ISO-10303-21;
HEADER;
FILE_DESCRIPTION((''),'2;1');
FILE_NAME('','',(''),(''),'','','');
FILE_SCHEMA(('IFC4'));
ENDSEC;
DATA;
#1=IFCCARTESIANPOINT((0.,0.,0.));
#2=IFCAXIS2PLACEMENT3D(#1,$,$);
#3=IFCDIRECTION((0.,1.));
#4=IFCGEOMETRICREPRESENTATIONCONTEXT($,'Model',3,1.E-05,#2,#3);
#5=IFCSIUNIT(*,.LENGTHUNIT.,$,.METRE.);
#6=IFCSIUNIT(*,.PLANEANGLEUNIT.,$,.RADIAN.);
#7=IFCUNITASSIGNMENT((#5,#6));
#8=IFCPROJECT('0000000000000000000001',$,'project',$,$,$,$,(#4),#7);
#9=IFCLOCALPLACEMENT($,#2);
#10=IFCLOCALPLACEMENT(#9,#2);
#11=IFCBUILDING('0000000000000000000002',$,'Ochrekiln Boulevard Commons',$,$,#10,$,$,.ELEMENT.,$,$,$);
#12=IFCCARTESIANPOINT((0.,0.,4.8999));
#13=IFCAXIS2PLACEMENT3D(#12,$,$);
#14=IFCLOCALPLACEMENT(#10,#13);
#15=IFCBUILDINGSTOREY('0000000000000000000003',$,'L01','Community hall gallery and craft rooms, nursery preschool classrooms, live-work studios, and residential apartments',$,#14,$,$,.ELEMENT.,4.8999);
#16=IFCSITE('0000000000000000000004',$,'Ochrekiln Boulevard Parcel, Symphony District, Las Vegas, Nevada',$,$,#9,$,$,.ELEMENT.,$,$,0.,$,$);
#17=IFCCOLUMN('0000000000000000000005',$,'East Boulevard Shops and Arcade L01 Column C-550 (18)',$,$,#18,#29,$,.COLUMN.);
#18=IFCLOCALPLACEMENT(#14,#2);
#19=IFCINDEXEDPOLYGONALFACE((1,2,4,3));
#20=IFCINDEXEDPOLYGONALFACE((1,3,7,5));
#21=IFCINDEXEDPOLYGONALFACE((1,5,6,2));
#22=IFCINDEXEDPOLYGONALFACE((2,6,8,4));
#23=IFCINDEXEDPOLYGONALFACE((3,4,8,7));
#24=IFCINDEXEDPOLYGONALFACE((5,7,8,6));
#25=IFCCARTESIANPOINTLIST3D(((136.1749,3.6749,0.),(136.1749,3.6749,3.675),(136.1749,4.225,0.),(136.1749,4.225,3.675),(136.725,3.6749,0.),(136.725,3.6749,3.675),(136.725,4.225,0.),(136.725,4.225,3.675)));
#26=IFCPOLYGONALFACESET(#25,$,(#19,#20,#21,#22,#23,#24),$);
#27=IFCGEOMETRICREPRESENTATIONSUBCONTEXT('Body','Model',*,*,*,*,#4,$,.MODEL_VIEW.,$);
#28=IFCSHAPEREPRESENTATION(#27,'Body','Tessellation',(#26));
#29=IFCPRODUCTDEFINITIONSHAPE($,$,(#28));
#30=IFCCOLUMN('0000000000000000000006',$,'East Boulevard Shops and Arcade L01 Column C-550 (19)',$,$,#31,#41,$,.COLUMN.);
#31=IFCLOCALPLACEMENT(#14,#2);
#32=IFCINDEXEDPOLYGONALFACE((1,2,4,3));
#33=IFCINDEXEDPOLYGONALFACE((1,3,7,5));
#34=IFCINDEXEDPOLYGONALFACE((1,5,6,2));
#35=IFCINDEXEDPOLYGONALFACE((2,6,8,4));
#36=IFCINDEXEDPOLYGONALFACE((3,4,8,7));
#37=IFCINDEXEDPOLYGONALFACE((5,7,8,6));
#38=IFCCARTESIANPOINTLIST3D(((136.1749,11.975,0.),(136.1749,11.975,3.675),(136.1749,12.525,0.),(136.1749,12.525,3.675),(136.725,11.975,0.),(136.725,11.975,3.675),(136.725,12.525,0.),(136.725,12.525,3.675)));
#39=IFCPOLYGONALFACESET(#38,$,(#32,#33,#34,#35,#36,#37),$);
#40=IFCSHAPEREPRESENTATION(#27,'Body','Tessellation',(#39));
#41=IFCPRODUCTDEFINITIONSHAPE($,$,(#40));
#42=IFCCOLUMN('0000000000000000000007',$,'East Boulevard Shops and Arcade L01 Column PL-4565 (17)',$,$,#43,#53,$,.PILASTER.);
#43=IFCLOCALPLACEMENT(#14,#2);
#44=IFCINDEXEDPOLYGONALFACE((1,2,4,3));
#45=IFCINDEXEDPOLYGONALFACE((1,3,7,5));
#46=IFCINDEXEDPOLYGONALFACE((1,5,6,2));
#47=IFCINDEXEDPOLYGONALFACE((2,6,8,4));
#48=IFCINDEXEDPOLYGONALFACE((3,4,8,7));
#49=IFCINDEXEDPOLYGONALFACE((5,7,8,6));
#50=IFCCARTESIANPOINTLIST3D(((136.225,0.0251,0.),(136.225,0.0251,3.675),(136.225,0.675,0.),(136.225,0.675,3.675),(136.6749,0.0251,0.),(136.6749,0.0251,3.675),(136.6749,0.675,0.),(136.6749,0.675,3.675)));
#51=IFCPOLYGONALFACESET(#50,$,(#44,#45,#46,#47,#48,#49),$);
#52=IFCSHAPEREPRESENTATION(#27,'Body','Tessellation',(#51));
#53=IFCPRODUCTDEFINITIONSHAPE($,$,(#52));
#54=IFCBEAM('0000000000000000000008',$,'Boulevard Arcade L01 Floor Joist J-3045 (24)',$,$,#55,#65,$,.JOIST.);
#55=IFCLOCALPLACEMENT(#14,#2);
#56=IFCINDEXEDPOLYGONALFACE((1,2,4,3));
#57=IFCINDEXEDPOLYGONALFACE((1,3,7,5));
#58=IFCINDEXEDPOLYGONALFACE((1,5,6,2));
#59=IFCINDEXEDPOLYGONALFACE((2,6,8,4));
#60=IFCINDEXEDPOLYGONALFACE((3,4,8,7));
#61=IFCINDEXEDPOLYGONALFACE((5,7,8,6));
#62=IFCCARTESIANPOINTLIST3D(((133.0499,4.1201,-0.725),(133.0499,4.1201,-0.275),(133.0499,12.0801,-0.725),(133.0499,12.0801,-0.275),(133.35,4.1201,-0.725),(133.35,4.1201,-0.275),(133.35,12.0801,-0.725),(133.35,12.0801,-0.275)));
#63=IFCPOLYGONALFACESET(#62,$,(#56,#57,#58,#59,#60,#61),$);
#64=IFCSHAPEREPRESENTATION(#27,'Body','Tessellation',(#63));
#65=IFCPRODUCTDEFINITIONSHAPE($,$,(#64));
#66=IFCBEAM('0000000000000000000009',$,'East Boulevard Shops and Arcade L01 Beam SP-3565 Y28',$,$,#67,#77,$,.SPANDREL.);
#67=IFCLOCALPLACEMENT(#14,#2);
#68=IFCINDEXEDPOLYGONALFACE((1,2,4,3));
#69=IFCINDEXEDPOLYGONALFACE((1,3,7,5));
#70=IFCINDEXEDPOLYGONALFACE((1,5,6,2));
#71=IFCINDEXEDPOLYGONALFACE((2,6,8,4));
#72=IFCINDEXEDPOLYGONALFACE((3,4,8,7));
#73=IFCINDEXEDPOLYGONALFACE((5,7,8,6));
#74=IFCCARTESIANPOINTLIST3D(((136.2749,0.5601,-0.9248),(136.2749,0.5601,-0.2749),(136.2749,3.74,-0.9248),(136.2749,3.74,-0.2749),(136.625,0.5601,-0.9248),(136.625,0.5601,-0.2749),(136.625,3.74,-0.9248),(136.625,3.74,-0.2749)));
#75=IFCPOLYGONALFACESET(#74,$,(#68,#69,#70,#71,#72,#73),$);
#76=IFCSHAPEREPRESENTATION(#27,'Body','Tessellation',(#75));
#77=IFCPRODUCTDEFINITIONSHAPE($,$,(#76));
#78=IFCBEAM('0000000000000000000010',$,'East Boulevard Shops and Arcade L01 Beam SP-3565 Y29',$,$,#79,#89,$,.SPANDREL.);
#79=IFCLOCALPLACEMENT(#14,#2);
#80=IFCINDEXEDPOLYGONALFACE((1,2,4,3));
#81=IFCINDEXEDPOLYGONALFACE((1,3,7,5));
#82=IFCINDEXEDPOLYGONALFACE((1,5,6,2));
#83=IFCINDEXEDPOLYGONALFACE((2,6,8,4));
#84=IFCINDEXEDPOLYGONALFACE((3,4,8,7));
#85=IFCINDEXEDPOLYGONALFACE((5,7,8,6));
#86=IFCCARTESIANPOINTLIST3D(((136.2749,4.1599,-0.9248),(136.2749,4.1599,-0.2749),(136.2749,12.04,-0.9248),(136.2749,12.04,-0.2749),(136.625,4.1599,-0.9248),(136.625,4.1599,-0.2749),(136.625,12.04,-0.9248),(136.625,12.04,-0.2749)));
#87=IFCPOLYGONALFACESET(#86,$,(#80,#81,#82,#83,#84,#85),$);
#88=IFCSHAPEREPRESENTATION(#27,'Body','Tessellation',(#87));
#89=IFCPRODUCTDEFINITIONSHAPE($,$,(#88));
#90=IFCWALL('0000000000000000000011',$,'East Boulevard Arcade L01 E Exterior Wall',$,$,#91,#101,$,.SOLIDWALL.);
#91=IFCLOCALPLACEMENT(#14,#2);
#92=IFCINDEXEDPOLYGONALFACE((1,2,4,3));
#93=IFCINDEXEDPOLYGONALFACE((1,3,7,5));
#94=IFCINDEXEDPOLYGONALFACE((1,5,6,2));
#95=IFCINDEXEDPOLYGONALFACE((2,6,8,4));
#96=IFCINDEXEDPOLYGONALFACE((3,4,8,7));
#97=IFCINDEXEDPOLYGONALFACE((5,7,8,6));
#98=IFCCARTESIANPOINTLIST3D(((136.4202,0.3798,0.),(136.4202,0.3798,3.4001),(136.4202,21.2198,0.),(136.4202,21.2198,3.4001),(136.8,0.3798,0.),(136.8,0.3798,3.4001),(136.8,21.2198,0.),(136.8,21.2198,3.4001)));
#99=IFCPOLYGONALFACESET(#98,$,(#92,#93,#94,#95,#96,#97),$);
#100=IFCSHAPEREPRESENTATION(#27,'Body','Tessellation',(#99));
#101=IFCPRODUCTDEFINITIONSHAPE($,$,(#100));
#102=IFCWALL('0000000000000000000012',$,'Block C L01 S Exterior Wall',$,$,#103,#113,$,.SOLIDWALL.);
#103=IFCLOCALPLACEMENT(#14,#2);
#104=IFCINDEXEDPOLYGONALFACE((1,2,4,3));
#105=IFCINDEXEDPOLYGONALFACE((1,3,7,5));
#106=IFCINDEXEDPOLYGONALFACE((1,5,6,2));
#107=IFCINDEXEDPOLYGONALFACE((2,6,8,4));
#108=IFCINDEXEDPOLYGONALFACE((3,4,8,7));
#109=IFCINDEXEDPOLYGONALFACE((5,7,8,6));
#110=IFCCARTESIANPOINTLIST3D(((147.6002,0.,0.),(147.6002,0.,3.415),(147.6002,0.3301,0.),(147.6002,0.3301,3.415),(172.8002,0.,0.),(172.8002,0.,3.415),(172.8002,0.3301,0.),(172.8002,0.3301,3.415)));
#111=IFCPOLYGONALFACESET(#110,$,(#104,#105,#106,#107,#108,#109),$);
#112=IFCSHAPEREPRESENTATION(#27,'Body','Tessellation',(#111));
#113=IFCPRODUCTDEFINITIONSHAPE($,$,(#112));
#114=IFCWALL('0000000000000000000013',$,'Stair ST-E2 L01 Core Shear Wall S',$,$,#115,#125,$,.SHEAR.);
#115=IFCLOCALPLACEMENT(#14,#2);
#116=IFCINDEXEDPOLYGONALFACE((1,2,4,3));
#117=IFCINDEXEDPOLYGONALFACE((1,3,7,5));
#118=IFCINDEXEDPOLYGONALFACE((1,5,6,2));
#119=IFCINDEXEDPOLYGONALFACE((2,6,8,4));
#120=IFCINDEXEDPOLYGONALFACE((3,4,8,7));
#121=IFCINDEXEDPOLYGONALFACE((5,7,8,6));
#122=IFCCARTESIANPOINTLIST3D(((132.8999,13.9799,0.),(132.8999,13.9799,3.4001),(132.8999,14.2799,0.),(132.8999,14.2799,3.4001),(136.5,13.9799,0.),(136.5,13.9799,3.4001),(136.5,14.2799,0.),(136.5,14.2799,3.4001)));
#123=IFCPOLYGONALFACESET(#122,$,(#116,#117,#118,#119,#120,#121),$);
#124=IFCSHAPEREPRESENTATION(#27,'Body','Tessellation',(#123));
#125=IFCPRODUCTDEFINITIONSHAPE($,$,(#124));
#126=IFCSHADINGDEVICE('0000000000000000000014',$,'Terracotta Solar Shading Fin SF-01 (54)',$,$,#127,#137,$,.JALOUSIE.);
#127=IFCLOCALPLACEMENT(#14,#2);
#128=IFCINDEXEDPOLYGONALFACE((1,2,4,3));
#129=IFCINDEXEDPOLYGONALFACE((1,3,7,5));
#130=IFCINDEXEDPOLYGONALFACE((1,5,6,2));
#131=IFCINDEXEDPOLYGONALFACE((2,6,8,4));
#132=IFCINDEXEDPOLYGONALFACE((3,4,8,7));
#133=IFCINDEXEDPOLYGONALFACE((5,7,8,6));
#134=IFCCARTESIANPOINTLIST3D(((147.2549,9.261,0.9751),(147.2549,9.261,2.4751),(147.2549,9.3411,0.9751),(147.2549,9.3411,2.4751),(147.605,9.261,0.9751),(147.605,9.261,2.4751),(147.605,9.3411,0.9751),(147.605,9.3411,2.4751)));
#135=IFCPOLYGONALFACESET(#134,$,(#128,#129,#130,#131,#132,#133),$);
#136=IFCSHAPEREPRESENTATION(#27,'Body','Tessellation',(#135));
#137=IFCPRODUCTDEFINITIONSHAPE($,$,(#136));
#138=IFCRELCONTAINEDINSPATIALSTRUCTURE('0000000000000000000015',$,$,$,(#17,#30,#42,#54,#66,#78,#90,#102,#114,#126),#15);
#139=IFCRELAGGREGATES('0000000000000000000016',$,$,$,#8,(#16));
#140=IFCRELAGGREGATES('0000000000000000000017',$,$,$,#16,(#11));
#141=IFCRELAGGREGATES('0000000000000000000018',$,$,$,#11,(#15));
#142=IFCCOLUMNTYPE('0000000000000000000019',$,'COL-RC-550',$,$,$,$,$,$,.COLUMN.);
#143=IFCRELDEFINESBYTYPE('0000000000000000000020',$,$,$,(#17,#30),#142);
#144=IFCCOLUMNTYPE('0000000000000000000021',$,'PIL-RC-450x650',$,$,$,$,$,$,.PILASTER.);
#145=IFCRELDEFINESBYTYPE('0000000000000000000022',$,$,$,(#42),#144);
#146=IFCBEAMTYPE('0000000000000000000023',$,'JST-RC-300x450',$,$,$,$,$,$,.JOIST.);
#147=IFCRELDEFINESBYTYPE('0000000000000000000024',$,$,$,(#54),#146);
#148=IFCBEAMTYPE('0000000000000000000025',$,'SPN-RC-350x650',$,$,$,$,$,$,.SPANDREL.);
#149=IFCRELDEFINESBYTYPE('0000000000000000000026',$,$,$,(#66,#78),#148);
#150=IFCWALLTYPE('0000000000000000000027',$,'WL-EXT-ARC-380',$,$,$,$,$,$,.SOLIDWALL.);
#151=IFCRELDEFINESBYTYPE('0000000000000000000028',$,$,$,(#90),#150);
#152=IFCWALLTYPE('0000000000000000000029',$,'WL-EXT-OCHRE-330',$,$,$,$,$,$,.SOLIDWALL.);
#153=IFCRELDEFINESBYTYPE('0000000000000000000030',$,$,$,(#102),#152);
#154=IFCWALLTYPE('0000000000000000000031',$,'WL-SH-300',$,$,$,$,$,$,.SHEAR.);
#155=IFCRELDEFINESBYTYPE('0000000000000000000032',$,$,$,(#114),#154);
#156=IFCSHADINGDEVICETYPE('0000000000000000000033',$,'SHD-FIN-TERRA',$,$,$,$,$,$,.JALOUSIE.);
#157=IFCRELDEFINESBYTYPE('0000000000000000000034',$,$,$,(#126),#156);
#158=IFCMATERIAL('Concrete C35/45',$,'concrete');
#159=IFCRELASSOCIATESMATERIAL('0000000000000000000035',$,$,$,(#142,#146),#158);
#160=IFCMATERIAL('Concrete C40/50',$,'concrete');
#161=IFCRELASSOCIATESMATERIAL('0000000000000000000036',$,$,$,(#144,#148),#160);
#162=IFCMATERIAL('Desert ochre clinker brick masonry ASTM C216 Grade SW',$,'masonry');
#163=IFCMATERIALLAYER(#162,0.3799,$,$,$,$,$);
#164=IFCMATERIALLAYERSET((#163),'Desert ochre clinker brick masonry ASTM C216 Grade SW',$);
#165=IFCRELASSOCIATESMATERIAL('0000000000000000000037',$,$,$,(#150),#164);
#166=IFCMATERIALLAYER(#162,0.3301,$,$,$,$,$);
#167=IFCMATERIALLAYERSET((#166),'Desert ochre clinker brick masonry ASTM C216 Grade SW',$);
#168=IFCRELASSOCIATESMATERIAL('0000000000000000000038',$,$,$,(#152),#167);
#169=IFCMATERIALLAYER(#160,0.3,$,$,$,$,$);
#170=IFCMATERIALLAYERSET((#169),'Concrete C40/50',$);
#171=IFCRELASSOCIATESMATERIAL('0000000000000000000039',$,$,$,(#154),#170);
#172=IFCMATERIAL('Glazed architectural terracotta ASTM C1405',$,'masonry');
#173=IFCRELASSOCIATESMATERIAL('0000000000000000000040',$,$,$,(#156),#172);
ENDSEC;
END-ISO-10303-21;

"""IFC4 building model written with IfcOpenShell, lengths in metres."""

from ifc_helpers import new_model, si_unit, direction, frame, frame_2d, origin, origin_2d, place, context, subcontext, project, spatial, rectangle, extrude, material, layer, layer_set, material_profile, profile_set, type_object, element, save


model = new_model("IFC4")

# Units and contexts
model_context = context("Model", 3, precision=1e-05, world=origin(), true_north=direction((0.0, 1.0)))
body_context = subcontext(model_context, "Body", "Model", "MODEL_VIEW")
ifc_project = project(units=[si_unit("LENGTHUNIT", "METRE"), si_unit("PLANEANGLEUNIT", "RADIAN")], contexts=[model_context])

# Site, building, storey
site_placement = place(None, origin())
site = spatial("IfcSite", under=ifc_project, at=site_placement, Name="Ochrekiln Boulevard Parcel, Symphony District, Las Vegas, Nevada", CompositionType="ELEMENT", RefElevation=0.0)
building_placement = place(site_placement, origin())
building = spatial("IfcBuilding", under=site, at=building_placement, Name="Ochrekiln Boulevard Commons", CompositionType="ELEMENT")
storey_placement = place(building_placement, frame((0.0, 0.0, 4.8999)))
storey = spatial("IfcBuildingStorey", under=building, at=storey_placement, Name="L01", Description="Community hall gallery and craft rooms, nursery preschool classrooms, live-work studios, and residential apartments", CompositionType="ELEMENT", Elevation=4.8999)

# Columns
ifc_material_1 = material(Name="Concrete C35/45", Category="concrete")
ifc_material_profile_1 = material_profile(ifc_material_1, rectangle(XDim=0.55, YDim=0.55, at=origin_2d()), Name="RC-COL-550x550")
ifc_profile_set_1 = profile_set([ifc_material_profile_1], Name="Concrete C35/45")
column_type_1 = type_object("IfcColumnType", Name="COL-RC-550", PredefinedType="COLUMN", material=ifc_profile_set_1)
for number, where, z_axis, x_axis, name in (
    (1, (136.45, 3.95, 0.0), (0.0, 0.0, 1.0), (1.0, 0.0, 0.0), "East Boulevard Shops and Arcade L01 Column C-550 (18)"),
    (2, (136.45, 12.25, 0.0), (0.0, 0.0, 1.0), (1.0, 0.0, 0.0), "East Boulevard Shops and Arcade L01 Column C-550 (19)"),
):
    element("IfcColumn", number, at=place(storey_placement, frame(where, z_axis=z_axis, x_axis=x_axis)), inside=storey, type_object=column_type_1, Name=name, PredefinedType="COLUMN", context=body_context, shape_type="SweptSolid", body=[
        extrude(rectangle(XDim=0.55, YDim=0.55, at=origin_2d()), origin(), (0.0, 0.0, 1.0), 3.675),
    ])
ifc_material_2 = material(Name="Concrete C40/50", Category="concrete")
ifc_material_profile_2 = material_profile(ifc_material_2, rectangle(XDim=0.45, YDim=0.6499, at=origin_2d()), Name="RC-PIL-450x650")
ifc_profile_set_2 = profile_set([ifc_material_profile_2], Name="Concrete C40/50")
column_type_2 = type_object("IfcColumnType", Name="PIL-RC-450x650", PredefinedType="PILASTER", material=ifc_profile_set_2)
column_placement = place(storey_placement, frame((136.45, 0.3501, 0.0), z_axis=(0.0, 0.0, 1.0), x_axis=(1.0, 0.0, 0.0)))
element("IfcColumn", 3, at=column_placement, inside=storey, type_object=column_type_2, Name="East Boulevard Shops and Arcade L01 Column PL-4565 (17)", PredefinedType="PILASTER", context=body_context, shape_type="SweptSolid", body=[
    extrude(rectangle(XDim=0.45, YDim=0.6499, at=origin_2d()), origin(), (0.0, 0.0, 1.0), 3.675),
])

# Beams
ifc_material_profile_3 = material_profile(ifc_material_1, rectangle(XDim=0.3, YDim=0.45, at=origin_2d()), Name="RC-JST-300x450")
ifc_profile_set_3 = profile_set([ifc_material_profile_3], Name="Concrete C35/45")
beam_type_1 = type_object("IfcBeamType", Name="JST-RC-300x450", PredefinedType="JOIST", material=ifc_profile_set_3)
beam_1_placement = place(storey_placement, frame((133.2, 4.1201, -0.5), z_axis=(0.0, 1.0, 0.0), x_axis=(-1.0, 0.0, 0.0)))
element("IfcBeam", 4, at=beam_1_placement, inside=storey, type_object=beam_type_1, Name="Boulevard Arcade L01 Floor Joist J-3045 (24)", PredefinedType="JOIST", context=body_context, shape_type="SweptSolid", body=[
    extrude(rectangle(XDim=0.3, YDim=0.45, at=origin_2d()), origin(), (0.0, 0.0, 1.0), 7.96),
])
ifc_material_profile_4 = material_profile(ifc_material_2, rectangle(XDim=0.3501, YDim=0.6499, at=origin_2d()), Name="RC-SPN-350x650")
ifc_profile_set_4 = profile_set([ifc_material_profile_4], Name="Concrete C40/50")
beam_type_2 = type_object("IfcBeamType", Name="SPN-RC-350x650", PredefinedType="SPANDREL", material=ifc_profile_set_4)
beam_2_placement = place(storey_placement, frame((136.45, 0.5601, -0.5999), z_axis=(0.0, 1.0, 0.0), x_axis=(-1.0, 0.0, 0.0)))
element("IfcBeam", 5, at=beam_2_placement, inside=storey, type_object=beam_type_2, Name="East Boulevard Shops and Arcade L01 Beam SP-3565 Y28", PredefinedType="SPANDREL", context=body_context, shape_type="SweptSolid", body=[
    extrude(rectangle(XDim=0.3501, YDim=0.6499, at=origin_2d()), origin(), (0.0, 0.0, 1.0), 3.1799),
])
beam_3_placement = place(storey_placement, frame((136.45, 4.1599, -0.5999), z_axis=(0.0, 1.0, 0.0), x_axis=(-1.0, 0.0, 0.0)))
element("IfcBeam", 6, at=beam_3_placement, inside=storey, type_object=beam_type_2, Name="East Boulevard Shops and Arcade L01 Beam SP-3565 Y29", PredefinedType="SPANDREL", context=body_context, shape_type="SweptSolid", body=[
    extrude(rectangle(XDim=0.3501, YDim=0.6499, at=origin_2d()), origin(), (0.0, 0.0, 1.0), 7.8801),
])

# Walls
ifc_material_3 = material(Name="Desert ochre clinker brick masonry ASTM C216 Grade SW", Category="masonry")
ifc_layer_1 = layer(ifc_material_3, 0.3799)
ifc_layer_set_1 = layer_set([ifc_layer_1], Name="Desert ochre clinker brick masonry ASTM C216 Grade SW")
wall_type_1 = type_object("IfcWallType", Name="WL-EXT-ARC-380", PredefinedType="SOLIDWALL", material=ifc_layer_set_1)
wall_1_placement = place(storey_placement, frame((136.6101, 0.3799, 0.0), z_axis=(0.0, 0.0, 1.0), x_axis=(0.0, 1.0, 0.0)))
element("IfcWall", 7, at=wall_1_placement, inside=storey, type_object=wall_type_1, Name="East Boulevard Arcade L01 E Exterior Wall", PredefinedType="SOLIDWALL", context=body_context, shape_type="SweptSolid", body=[
    extrude(rectangle(XDim=20.8401, YDim=0.3799, at=frame_2d((10.4199, 0.0))), origin(), (0.0, 0.0, 1.0), 3.4001),
])
ifc_layer_2 = layer(ifc_material_3, 0.3301)
ifc_layer_set_2 = layer_set([ifc_layer_2], Name="Desert ochre clinker brick masonry ASTM C216 Grade SW")
wall_type_2 = type_object("IfcWallType", Name="WL-EXT-OCHRE-330", PredefinedType="SOLIDWALL", material=ifc_layer_set_2)
wall_2_placement = place(storey_placement, frame((147.6001, 0.165, 0.0), z_axis=(0.0, 0.0, 1.0), x_axis=(1.0, 0.0, 0.0)))
element("IfcWall", 8, at=wall_2_placement, inside=storey, type_object=wall_type_2, Name="Block C L01 S Exterior Wall", PredefinedType="SOLIDWALL", context=body_context, shape_type="SweptSolid", body=[
    extrude(rectangle(XDim=25.2, YDim=0.3301, at=frame_2d((12.6001, 0.0))), origin(), (0.0, 0.0, 1.0), 3.415),
])
ifc_layer_3 = layer(ifc_material_2, 0.3)
ifc_layer_set_3 = layer_set([ifc_layer_3], Name="Concrete C40/50")
wall_type_3 = type_object("IfcWallType", Name="WL-SH-300", PredefinedType="SHEAR", material=ifc_layer_set_3)
wall_3_placement = place(storey_placement, frame((132.8999, 14.1299, 0.0), z_axis=(0.0, 0.0, 1.0), x_axis=(1.0, 0.0, 0.0)))
element("IfcWall", 9, at=wall_3_placement, inside=storey, type_object=wall_type_3, Name="Stair ST-E2 L01 Core Shear Wall S", PredefinedType="SHEAR", context=body_context, shape_type="SweptSolid", body=[
    extrude(rectangle(XDim=3.6001, YDim=0.3, at=frame_2d((1.8, 0.0))), origin(), (0.0, 0.0, 1.0), 3.4001),
])

# Shading device
ifc_material_4 = material(Name="Glazed architectural terracotta ASTM C1405", Category="masonry")
shading_device_type = type_object("IfcShadingDeviceType", Name="SHD-FIN-TERRA", PredefinedType="JALOUSIE", material=ifc_material_4)
shading_device_placement = place(storey_placement, frame((147.4299, 9.301, 0.9751), z_axis=(0.0, 0.0, 1.0), x_axis=(1.0, 0.0, 0.0)))
element("IfcShadingDevice", 10, at=shading_device_placement, inside=storey, type_object=shading_device_type, Name="Terracotta Solar Shading Fin SF-01 (54)", PredefinedType="JALOUSIE", context=body_context, shape_type="SweptSolid", body=[
    extrude(rectangle(XDim=0.3501, YDim=0.0801, at=origin_2d()), origin(), (0.0, 0.0, 1.0), 1.5),
])

save(model, "model.ifc")
